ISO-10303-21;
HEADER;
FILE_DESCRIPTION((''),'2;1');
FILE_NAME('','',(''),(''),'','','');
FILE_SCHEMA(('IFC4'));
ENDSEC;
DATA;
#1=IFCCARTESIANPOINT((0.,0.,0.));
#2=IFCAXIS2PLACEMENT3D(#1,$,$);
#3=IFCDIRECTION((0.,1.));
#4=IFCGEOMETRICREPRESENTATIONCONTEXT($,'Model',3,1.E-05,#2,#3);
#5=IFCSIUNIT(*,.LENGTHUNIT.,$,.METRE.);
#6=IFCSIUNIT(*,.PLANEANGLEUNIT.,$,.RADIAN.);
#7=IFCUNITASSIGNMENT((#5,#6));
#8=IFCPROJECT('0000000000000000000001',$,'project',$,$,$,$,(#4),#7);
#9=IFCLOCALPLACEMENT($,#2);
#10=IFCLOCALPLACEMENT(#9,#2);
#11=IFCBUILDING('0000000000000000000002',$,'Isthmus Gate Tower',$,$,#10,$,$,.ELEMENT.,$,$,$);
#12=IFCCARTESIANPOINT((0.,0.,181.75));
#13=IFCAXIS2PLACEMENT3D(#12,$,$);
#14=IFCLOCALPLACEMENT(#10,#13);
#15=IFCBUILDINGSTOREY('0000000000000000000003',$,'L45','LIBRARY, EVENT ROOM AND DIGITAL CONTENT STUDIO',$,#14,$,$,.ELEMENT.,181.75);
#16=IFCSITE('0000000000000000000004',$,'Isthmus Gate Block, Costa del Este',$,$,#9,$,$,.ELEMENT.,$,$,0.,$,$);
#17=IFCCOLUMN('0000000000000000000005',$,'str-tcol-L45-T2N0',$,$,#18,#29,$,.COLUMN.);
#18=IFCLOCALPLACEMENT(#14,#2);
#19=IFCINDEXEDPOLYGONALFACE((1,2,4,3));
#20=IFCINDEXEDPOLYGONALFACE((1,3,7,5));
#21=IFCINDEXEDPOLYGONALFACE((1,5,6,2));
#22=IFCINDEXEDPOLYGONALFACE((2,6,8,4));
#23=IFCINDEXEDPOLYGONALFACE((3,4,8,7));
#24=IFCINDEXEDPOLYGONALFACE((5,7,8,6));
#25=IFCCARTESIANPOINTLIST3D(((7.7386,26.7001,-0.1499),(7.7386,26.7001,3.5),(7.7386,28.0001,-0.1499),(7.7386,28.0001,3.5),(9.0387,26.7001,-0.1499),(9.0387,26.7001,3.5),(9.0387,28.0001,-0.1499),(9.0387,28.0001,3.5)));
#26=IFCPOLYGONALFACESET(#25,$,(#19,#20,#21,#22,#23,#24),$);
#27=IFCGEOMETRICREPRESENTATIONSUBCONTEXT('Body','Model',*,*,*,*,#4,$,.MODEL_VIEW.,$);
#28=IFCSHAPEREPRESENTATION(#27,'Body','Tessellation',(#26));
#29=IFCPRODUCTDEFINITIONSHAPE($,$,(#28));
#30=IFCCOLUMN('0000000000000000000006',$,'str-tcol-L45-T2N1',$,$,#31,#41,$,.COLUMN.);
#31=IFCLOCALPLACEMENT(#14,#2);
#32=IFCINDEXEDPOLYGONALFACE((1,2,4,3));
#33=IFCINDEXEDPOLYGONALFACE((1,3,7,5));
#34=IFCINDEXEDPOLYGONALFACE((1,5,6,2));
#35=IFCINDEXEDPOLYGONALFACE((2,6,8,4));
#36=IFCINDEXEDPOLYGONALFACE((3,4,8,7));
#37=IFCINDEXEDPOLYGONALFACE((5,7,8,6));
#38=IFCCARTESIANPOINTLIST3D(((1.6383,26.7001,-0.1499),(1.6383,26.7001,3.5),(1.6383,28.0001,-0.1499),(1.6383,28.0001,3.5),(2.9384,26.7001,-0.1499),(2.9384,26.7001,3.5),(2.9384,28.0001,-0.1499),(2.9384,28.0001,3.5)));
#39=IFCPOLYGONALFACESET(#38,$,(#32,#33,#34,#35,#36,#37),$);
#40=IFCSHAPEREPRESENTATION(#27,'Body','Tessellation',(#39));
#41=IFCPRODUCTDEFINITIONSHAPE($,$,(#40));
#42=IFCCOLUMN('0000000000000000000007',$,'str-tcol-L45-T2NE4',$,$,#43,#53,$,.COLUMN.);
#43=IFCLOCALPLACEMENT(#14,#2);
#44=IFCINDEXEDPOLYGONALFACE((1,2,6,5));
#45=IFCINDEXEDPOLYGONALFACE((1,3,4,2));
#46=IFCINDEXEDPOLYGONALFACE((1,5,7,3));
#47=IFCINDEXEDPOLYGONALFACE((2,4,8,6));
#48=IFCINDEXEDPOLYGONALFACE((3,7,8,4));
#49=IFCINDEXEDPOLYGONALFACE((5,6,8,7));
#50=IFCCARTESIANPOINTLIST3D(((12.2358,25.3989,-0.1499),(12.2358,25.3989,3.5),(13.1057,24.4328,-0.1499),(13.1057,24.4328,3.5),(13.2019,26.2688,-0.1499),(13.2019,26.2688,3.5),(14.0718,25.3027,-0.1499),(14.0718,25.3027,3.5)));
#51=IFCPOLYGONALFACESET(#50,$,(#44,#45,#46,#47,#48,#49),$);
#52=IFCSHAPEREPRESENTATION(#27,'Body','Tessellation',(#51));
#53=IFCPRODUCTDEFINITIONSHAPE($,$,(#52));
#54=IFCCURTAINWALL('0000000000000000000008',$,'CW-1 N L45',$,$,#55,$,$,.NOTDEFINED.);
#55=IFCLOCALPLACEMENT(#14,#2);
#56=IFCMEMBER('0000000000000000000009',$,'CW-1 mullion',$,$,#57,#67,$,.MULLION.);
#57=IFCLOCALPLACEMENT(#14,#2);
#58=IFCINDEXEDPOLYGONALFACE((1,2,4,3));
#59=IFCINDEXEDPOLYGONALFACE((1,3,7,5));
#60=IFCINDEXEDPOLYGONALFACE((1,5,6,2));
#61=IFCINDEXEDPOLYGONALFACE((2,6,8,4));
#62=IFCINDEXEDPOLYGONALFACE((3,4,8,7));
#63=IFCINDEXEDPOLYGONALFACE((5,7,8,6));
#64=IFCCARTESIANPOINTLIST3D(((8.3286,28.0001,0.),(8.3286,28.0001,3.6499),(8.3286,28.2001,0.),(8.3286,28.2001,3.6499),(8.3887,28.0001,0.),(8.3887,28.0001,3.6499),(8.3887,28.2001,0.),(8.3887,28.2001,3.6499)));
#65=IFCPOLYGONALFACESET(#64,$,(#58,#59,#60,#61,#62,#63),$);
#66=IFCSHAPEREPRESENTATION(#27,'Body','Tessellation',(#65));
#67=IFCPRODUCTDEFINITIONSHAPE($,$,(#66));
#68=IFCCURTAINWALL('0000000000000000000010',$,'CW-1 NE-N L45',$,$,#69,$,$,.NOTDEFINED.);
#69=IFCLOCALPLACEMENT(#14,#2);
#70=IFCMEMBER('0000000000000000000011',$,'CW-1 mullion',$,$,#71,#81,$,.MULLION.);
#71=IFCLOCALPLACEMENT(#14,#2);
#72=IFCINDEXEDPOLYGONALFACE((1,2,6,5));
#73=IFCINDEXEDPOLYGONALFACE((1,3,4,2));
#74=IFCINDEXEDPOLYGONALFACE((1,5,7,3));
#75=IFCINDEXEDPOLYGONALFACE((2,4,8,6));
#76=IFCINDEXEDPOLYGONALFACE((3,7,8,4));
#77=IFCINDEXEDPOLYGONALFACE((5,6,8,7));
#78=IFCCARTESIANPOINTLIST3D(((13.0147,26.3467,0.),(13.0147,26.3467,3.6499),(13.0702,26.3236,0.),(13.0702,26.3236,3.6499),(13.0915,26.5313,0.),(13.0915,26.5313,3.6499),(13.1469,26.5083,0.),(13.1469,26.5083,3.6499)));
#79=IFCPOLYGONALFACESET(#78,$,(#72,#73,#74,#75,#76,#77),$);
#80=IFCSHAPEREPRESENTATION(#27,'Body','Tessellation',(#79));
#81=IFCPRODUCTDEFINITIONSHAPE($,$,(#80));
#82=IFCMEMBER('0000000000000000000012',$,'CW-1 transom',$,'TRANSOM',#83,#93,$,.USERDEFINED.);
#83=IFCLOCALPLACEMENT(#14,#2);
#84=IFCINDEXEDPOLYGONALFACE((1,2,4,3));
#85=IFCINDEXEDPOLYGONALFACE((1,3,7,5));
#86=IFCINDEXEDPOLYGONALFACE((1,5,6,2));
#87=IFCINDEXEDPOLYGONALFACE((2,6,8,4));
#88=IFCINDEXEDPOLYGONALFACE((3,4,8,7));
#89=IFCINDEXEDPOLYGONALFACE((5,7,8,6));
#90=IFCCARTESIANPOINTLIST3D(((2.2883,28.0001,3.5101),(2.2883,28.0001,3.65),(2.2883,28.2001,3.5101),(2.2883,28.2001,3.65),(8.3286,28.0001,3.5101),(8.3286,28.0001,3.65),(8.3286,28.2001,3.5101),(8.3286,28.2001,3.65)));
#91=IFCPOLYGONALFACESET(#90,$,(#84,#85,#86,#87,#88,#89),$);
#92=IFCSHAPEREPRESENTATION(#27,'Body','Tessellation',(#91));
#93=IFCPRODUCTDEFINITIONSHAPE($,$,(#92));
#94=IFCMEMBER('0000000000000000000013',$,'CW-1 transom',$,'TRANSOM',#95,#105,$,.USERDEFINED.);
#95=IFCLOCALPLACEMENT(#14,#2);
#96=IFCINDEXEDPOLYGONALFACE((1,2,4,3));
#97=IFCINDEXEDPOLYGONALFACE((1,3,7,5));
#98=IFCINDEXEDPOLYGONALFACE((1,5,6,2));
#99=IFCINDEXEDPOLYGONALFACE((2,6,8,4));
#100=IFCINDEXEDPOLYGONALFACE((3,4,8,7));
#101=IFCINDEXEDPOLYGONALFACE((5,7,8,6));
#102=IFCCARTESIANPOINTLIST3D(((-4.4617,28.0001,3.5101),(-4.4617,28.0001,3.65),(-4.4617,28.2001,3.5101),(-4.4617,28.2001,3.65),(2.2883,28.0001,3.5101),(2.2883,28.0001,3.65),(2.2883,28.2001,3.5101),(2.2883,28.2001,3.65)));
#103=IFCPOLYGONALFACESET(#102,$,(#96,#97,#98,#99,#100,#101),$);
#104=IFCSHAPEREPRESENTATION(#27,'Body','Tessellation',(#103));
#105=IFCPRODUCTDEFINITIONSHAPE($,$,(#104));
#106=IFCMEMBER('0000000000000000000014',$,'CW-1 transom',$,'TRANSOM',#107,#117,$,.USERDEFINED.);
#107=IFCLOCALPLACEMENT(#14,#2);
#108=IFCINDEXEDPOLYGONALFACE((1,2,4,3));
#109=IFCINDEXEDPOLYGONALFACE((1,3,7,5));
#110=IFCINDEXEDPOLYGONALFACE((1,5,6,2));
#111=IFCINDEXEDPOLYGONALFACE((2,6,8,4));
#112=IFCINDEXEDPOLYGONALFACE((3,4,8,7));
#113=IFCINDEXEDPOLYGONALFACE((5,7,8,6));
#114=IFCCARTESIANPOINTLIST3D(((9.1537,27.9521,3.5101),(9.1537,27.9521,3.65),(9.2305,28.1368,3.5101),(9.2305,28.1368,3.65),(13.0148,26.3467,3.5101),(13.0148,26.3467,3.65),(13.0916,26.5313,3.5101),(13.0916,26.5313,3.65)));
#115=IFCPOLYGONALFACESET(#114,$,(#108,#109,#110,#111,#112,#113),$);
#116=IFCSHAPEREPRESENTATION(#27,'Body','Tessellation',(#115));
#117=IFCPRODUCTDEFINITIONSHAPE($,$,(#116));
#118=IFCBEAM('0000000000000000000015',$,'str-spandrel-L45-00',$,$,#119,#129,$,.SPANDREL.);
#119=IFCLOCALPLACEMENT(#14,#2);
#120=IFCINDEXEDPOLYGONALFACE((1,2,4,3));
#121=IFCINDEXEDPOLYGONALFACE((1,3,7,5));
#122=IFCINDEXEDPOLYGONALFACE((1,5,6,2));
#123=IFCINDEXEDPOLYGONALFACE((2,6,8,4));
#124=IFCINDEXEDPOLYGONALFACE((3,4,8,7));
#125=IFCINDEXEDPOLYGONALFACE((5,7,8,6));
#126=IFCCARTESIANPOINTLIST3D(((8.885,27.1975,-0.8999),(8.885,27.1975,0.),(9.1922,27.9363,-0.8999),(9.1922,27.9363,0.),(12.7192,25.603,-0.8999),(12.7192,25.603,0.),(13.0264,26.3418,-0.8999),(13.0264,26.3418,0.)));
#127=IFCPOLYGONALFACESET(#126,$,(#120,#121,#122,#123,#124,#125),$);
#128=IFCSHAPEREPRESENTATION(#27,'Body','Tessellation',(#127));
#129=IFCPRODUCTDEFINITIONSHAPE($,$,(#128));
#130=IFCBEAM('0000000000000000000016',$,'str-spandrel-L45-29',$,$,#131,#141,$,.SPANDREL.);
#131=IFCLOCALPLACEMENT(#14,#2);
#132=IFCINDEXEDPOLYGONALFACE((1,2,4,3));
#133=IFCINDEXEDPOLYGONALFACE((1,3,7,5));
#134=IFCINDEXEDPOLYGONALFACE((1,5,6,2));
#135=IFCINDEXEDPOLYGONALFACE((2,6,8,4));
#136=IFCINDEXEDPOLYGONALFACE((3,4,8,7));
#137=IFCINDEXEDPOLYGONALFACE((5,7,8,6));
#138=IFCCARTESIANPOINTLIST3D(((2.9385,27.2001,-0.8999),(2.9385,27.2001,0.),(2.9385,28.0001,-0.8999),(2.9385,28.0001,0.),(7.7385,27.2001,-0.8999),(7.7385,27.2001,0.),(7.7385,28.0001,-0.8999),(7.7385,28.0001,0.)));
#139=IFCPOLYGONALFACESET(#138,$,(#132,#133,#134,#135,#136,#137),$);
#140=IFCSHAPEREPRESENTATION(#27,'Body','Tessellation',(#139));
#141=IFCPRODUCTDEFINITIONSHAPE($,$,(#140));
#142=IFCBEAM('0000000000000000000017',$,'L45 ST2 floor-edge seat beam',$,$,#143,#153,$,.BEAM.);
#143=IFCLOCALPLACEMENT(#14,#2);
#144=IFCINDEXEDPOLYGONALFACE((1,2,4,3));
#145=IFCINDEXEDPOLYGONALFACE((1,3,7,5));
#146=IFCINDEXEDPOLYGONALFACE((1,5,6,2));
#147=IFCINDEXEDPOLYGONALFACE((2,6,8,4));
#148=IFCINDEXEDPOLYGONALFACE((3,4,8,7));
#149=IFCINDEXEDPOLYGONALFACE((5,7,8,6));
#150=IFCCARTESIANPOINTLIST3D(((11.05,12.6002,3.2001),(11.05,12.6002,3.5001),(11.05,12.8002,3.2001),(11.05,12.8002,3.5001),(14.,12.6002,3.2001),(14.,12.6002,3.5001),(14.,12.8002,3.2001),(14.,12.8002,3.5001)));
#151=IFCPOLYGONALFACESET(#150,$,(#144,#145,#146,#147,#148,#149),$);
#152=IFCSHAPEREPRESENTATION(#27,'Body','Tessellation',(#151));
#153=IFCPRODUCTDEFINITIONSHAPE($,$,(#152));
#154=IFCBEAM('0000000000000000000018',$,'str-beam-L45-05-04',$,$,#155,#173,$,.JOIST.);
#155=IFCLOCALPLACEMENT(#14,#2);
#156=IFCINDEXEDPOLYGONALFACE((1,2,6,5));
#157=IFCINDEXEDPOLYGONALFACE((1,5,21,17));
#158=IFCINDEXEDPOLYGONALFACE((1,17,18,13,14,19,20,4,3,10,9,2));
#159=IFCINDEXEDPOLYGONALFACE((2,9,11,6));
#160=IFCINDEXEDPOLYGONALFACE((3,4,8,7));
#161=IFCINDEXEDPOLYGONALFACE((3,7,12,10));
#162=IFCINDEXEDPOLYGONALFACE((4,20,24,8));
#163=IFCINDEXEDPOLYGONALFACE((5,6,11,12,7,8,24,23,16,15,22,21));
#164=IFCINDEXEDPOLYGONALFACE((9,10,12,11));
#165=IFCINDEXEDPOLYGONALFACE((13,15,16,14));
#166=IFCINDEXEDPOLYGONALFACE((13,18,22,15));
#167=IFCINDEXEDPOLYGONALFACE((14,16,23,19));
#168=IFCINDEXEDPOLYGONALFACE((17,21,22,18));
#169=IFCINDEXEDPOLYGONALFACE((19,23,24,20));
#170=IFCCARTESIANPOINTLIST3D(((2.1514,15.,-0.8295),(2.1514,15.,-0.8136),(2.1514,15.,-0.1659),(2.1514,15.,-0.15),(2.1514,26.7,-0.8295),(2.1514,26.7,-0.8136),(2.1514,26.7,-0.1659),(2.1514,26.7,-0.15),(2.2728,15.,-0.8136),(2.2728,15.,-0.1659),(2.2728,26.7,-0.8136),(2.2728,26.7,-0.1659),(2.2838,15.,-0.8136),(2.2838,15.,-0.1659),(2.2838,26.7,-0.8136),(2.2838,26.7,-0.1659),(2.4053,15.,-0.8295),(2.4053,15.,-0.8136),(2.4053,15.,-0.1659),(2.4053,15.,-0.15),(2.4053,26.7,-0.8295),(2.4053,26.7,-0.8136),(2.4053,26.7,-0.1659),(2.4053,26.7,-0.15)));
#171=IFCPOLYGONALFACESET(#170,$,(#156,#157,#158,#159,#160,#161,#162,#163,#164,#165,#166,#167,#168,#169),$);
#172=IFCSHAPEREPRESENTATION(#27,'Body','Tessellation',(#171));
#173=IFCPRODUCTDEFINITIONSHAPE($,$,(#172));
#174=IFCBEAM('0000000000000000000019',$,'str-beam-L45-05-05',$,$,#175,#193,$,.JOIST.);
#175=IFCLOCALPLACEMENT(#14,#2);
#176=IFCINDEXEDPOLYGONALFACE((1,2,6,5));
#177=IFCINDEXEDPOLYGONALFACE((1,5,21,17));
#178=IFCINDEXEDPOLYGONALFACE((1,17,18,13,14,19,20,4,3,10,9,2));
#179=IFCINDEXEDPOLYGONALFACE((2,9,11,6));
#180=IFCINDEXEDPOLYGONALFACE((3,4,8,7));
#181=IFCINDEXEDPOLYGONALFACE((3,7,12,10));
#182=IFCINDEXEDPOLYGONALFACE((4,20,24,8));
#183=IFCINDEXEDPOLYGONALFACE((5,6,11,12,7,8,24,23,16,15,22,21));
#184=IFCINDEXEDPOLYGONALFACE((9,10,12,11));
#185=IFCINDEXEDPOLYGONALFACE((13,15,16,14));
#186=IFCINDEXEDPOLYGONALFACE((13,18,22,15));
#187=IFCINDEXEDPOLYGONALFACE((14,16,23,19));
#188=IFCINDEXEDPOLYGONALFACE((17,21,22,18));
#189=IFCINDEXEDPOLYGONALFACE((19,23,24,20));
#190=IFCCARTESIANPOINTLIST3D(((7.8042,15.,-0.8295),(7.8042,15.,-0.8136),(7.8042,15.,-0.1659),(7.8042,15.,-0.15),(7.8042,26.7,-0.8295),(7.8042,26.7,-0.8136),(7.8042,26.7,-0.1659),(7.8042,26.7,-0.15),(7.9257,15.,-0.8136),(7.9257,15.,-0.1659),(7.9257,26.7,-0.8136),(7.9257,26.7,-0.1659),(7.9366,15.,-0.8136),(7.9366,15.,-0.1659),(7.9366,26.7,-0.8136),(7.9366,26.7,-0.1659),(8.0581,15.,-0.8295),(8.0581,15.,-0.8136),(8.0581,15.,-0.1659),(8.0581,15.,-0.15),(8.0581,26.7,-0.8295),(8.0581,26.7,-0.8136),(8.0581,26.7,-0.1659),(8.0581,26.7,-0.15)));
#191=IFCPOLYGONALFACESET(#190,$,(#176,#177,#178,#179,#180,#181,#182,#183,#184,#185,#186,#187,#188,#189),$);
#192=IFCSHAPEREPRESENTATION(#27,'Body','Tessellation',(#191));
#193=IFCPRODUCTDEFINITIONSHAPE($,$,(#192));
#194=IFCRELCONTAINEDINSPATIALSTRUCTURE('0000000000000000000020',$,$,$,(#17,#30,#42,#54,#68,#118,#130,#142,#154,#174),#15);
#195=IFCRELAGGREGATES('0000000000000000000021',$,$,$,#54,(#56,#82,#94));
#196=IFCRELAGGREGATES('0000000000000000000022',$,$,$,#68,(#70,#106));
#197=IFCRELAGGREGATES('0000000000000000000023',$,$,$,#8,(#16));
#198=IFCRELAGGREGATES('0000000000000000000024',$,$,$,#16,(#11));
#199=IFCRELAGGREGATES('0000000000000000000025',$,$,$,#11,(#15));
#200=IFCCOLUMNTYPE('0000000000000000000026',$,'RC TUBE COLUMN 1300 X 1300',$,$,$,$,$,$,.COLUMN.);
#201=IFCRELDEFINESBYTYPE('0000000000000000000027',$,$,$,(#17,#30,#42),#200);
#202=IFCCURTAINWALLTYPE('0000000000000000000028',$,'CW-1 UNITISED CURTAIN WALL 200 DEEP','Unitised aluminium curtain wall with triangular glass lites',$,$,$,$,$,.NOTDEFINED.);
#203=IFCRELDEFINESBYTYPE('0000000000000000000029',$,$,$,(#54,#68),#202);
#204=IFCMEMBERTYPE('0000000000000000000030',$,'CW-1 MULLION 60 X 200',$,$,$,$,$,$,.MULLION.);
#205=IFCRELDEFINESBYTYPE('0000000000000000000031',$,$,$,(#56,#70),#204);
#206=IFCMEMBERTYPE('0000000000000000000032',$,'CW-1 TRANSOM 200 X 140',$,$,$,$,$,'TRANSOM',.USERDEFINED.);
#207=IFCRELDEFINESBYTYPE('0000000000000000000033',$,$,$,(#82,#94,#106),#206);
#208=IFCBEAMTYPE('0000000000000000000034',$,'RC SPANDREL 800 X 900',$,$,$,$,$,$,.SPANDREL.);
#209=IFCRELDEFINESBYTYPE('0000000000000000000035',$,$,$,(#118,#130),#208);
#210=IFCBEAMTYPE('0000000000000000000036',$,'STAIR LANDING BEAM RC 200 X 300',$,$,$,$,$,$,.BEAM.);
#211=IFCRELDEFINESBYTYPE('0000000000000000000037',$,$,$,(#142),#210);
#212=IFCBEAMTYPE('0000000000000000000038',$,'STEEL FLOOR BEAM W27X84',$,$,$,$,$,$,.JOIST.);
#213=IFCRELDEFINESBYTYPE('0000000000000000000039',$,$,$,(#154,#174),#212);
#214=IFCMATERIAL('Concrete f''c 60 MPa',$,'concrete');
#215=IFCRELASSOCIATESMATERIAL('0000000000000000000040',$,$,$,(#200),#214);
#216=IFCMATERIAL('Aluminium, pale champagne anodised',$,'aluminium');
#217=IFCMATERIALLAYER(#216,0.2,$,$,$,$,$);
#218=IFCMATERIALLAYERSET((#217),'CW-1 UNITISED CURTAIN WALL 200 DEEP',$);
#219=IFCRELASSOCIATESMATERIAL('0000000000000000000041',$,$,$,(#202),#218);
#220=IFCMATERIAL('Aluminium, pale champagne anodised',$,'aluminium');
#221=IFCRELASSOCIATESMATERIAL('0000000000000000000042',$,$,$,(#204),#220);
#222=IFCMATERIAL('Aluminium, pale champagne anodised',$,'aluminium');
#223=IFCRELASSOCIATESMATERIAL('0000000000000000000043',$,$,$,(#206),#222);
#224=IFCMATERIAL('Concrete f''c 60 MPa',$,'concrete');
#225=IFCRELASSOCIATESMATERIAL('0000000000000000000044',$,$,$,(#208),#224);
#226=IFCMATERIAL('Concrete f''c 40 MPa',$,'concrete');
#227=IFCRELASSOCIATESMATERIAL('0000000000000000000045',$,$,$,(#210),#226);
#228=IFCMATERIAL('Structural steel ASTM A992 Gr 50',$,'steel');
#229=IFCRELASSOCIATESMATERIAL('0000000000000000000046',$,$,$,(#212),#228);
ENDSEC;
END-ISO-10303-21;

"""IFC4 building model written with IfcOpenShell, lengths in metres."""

from ifc_helpers import new_model, si_unit, direction, frame, origin, origin_2d, place, context, subcontext, project, spatial, rectangle, i_section, extrude, material, layer, layer_set, material_profile, profile_set, type_object, element, aggregate, save


model = new_model("IFC4")

# Units and contexts
model_context = context("Model", 3, precision=1e-05, world=origin(), true_north=direction((0.0, 1.0)))
body_context = subcontext(model_context, "Body", "Model", "MODEL_VIEW")
ifc_project = project(units=[si_unit("LENGTHUNIT", "METRE"), si_unit("PLANEANGLEUNIT", "RADIAN")], contexts=[model_context])

# Site, building, storey
site_placement = place(None, origin())
site = spatial("IfcSite", under=ifc_project, at=site_placement, Name="Isthmus Gate Block, Costa del Este", CompositionType="ELEMENT", RefElevation=0.0)
building_placement = place(site_placement, origin())
building = spatial("IfcBuilding", under=site, at=building_placement, Name="Isthmus Gate Tower", CompositionType="ELEMENT")
storey_placement = place(building_placement, frame((0.0, 0.0, 181.75)))
storey = spatial("IfcBuildingStorey", under=building, at=storey_placement, Name="L45", Description="LIBRARY, EVENT ROOM AND DIGITAL CONTENT STUDIO", CompositionType="ELEMENT", Elevation=181.75)

# Columns
ifc_material_1 = material(Name="Concrete f'c 60 MPa", Category="concrete")
ifc_material_profile_1 = material_profile(ifc_material_1, rectangle(XDim=1.3, YDim=1.3, at=origin_2d()), Name="RC 1300X1300")
ifc_profile_set_1 = profile_set([ifc_material_profile_1], Name="Concrete f'c 60 MPa")
column_type = type_object("IfcColumnType", Name="RC TUBE COLUMN 1300 X 1300", PredefinedType="COLUMN", material=ifc_profile_set_1)
for number, where, z_axis, x_axis, name in (
    (1, (8.3887, 27.3501, -0.1499), (0.0, 0.0, 1.0), (-1.0, 0.0, 0.0), "str-tcol-L45-T2N0"),
    (2, (2.2883, 27.3501, -0.1499), (0.0, 0.0, 1.0), (-1.0, 0.0, 0.0), "str-tcol-L45-T2N1"),
    (3, (13.1538, 25.3508, -0.1499), (0.0, 0.0, 1.0), (-0.669131, 0.743145, 0.0), "str-tcol-L45-T2NE4"),
):
    element("IfcColumn", number, at=place(storey_placement, frame(where, z_axis=z_axis, x_axis=x_axis)), inside=storey, type_object=column_type, Name=name, PredefinedType="COLUMN", context=body_context, shape_type="SweptSolid", body=[
        extrude(rectangle(XDim=1.3, YDim=1.3, at=origin_2d()), origin(), (0.0, 0.0, 1.0), 3.6499),
    ])

# Curtain walls, members
ifc_material_2 = material(Name="Aluminium, pale champagne anodised", Category="aluminium")
ifc_layer_1 = layer(ifc_material_2, 0.2)
ifc_layer_set_1 = layer_set([ifc_layer_1], Name="CW-1 UNITISED CURTAIN WALL 200 DEEP")
curtain_wall_type = type_object("IfcCurtainWallType", Name="CW-1 UNITISED CURTAIN WALL 200 DEEP", Description="Unitised aluminium curtain wall with triangular glass lites", PredefinedType="NOTDEFINED", material=ifc_layer_set_1)
curtain_wall_1_placement = place(storey_placement, origin())
curtain_wall_1 = element("IfcCurtainWall", 4, at=curtain_wall_1_placement, inside=storey, type_object=curtain_wall_type, Name="CW-1 N L45", PredefinedType="NOTDEFINED")
ifc_material_3 = material(Name="Aluminium, pale champagne anodised", Category="aluminium")
ifc_material_profile_2 = material_profile(ifc_material_3, rectangle(XDim=0.0601, YDim=0.2, at=origin_2d()), Name="60x200")
ifc_profile_set_2 = profile_set([ifc_material_profile_2], Name="Aluminium, pale champagne anodised")
member_type_1 = type_object("IfcMemberType", Name="CW-1 MULLION 60 X 200", PredefinedType="MULLION", material=ifc_profile_set_2)
member_1_placement = place(storey_placement, frame((8.3586, 28.1001, 0.0), z_axis=(0.0, 0.0, 1.0), x_axis=(-1.0, 0.0, 0.0)))
member_1 = element("IfcMember", 5, at=member_1_placement, type_object=member_type_1, Name="CW-1 mullion", PredefinedType="MULLION", context=body_context, shape_type="SweptSolid", body=[
    extrude(rectangle(XDim=0.0601, YDim=0.2, at=origin_2d()), origin(), (0.0, 0.0, 1.0), 3.6499),
])
curtain_wall_2_placement = place(storey_placement, origin())
curtain_wall_2 = element("IfcCurtainWall", 6, at=curtain_wall_2_placement, inside=storey, type_object=curtain_wall_type, Name="CW-1 NE-N L45", PredefinedType="NOTDEFINED")
member_2_placement = place(storey_placement, frame((13.0808, 26.4275, 0.0), z_axis=(0.0, 0.0, 1.0), x_axis=(-0.923353, 0.383952, 0.0)))
member_2 = element("IfcMember", 7, at=member_2_placement, type_object=member_type_1, Name="CW-1 mullion", PredefinedType="MULLION", context=body_context, shape_type="SweptSolid", body=[
    extrude(rectangle(XDim=0.0601, YDim=0.2, at=origin_2d()), origin(), (0.0, 0.0, 1.0), 3.6499),
])

# Members
ifc_material_4 = material(Name="Aluminium, pale champagne anodised", Category="aluminium")
ifc_material_profile_3 = material_profile(ifc_material_4, rectangle(XDim=0.2, YDim=0.1399, at=origin_2d()), Name="200x140")
ifc_profile_set_3 = profile_set([ifc_material_profile_3], Name="Aluminium, pale champagne anodised")
member_type_2 = type_object("IfcMemberType", Name="CW-1 TRANSOM 200 X 140", ElementType="TRANSOM", PredefinedType="USERDEFINED", material=ifc_profile_set_3)
member_3_placement = place(storey_placement, frame((8.3286, 28.1001, 3.5801), z_axis=(-1.0, 0.0, 0.0), x_axis=(0.0, -1.0, 0.0)))
member_3 = element("IfcMember", 8, at=member_3_placement, type_object=member_type_2, Name="CW-1 transom", ObjectType="TRANSOM", PredefinedType="USERDEFINED", context=body_context, shape_type="SweptSolid", body=[
    extrude(rectangle(XDim=0.2, YDim=0.1399, at=origin_2d()), origin(), (0.0, 0.0, 1.0), 6.0403),
])
member_4_placement = place(storey_placement, frame((2.2883, 28.1001, 3.5801), z_axis=(-1.0, 0.0, 0.0), x_axis=(0.0, -1.0, 0.0)))
member_4 = element("IfcMember", 9, at=member_4_placement, type_object=member_type_2, Name="CW-1 transom", ObjectType="TRANSOM", PredefinedType="USERDEFINED", context=body_context, shape_type="SweptSolid", body=[
    extrude(rectangle(XDim=0.2, YDim=0.1399, at=origin_2d()), origin(), (0.0, 0.0, 1.0), 6.75),
])
member_5_placement = place(storey_placement, frame((13.0532, 26.439, 3.5801), z_axis=(-0.923358, 0.38394, 0.0), x_axis=(-0.38394, -0.923358, 0.0)))
member_5 = element("IfcMember", 10, at=member_5_placement, type_object=member_type_2, Name="CW-1 transom", ObjectType="TRANSOM", PredefinedType="USERDEFINED", context=body_context, shape_type="SweptSolid", body=[
    extrude(rectangle(XDim=0.2, YDim=0.1399, at=origin_2d()), origin(), (0.0, 0.0, 1.0), 4.1816),
])

# Beams
ifc_material_5 = material(Name="Concrete f'c 60 MPa", Category="concrete")
ifc_material_profile_4 = material_profile(ifc_material_5, rectangle(XDim=0.8, YDim=0.8999, at=origin_2d()), Name="RC 800X900")
ifc_profile_set_4 = profile_set([ifc_material_profile_4], Name="Concrete f'c 60 MPa")
beam_type_1 = type_object("IfcBeamType", Name="RC SPANDREL 800 X 900", PredefinedType="SPANDREL", material=ifc_profile_set_4)
beam_1_placement = place(storey_placement, frame((9.0386, 27.5669, -0.45), z_axis=(0.923343, -0.383977, 0.0), x_axis=(0.383977, 0.923343, 0.0)))
element("IfcBeam", 11, at=beam_1_placement, inside=storey, type_object=beam_type_1, Name="str-spandrel-L45-00", PredefinedType="SPANDREL", context=body_context, shape_type="SweptSolid", body=[
    extrude(rectangle(XDim=0.8, YDim=0.8999, at=origin_2d()), origin(), (0.0, 0.0, 1.0), 4.1526),
])
beam_2_placement = place(storey_placement, frame((2.9385, 27.6001, -0.45), z_axis=(1.0, 0.0, 0.0), x_axis=(0.0, 1.0, 0.0)))
element("IfcBeam", 12, at=beam_2_placement, inside=storey, type_object=beam_type_1, Name="str-spandrel-L45-29", PredefinedType="SPANDREL", context=body_context, shape_type="SweptSolid", body=[
    extrude(rectangle(XDim=0.8, YDim=0.8999, at=origin_2d()), origin(), (0.0, 0.0, 1.0), 4.8),
])
ifc_material_6 = material(Name="Concrete f'c 40 MPa", Category="concrete")
ifc_material_profile_5 = material_profile(ifc_material_6, rectangle(XDim=0.2, YDim=0.3, at=origin_2d()), Name="STAIR LANDING BEAM RC 200 X 300")
ifc_profile_set_5 = profile_set([ifc_material_profile_5], Name="Concrete f'c 40 MPa")
beam_type_2 = type_object("IfcBeamType", Name="STAIR LANDING BEAM RC 200 X 300", PredefinedType="BEAM", material=ifc_profile_set_5)
beam_3_placement = place(storey_placement, frame((11.05, 12.7002, 3.3501), z_axis=(1.0, 0.0, 0.0), x_axis=(0.0, 1.0, 0.0)))
element("IfcBeam", 13, at=beam_3_placement, inside=storey, type_object=beam_type_2, Name="L45 ST2 floor-edge seat beam", PredefinedType="BEAM", context=body_context, shape_type="SweptSolid", body=[
    extrude(rectangle(XDim=0.2, YDim=0.3, at=origin_2d()), origin(), (0.0, 0.0, 1.0), 2.95),
])
ifc_material_7 = material(Name="Structural steel ASTM A992 Gr 50", Category="steel")
ifc_material_profile_6 = material_profile(ifc_material_7, i_section(OverallWidth=0.2539, OverallDepth=0.6794, WebThickness=0.011, FlangeThickness=0.0159, at=origin_2d()), Name="W27X84")
ifc_profile_set_6 = profile_set([ifc_material_profile_6], Name="Structural steel ASTM A992 Gr 50")
beam_type_3 = type_object("IfcBeamType", Name="STEEL FLOOR BEAM W27X84", PredefinedType="JOIST", material=ifc_profile_set_6)
for number, where, z_axis, x_axis, name in (
    (14, (2.2783, 15.0, -0.4897), (0.0, 1.0, 0.0), (-1.0, 0.0, 0.0), "str-beam-L45-05-04"),
    (15, (7.9312, 15.0, -0.4897), (0.0, 1.0, 0.0), (-1.0, 0.0, 0.0), "str-beam-L45-05-05"),
):
    element("IfcBeam", number, at=place(storey_placement, frame(where, z_axis=z_axis, x_axis=x_axis)), inside=storey, type_object=beam_type_3, Name=name, PredefinedType="JOIST", context=body_context, shape_type="SweptSolid", body=[
        extrude(i_section(OverallWidth=0.2539, OverallDepth=0.6794, WebThickness=0.011, FlangeThickness=0.0159, at=origin_2d()), origin(), (0.0, 0.0, 1.0), 11.7),
    ])

aggregate(curtain_wall_1, [member_1, member_3, member_4])
aggregate(curtain_wall_2, [member_2, member_5])

save(model, "model.ifc")
